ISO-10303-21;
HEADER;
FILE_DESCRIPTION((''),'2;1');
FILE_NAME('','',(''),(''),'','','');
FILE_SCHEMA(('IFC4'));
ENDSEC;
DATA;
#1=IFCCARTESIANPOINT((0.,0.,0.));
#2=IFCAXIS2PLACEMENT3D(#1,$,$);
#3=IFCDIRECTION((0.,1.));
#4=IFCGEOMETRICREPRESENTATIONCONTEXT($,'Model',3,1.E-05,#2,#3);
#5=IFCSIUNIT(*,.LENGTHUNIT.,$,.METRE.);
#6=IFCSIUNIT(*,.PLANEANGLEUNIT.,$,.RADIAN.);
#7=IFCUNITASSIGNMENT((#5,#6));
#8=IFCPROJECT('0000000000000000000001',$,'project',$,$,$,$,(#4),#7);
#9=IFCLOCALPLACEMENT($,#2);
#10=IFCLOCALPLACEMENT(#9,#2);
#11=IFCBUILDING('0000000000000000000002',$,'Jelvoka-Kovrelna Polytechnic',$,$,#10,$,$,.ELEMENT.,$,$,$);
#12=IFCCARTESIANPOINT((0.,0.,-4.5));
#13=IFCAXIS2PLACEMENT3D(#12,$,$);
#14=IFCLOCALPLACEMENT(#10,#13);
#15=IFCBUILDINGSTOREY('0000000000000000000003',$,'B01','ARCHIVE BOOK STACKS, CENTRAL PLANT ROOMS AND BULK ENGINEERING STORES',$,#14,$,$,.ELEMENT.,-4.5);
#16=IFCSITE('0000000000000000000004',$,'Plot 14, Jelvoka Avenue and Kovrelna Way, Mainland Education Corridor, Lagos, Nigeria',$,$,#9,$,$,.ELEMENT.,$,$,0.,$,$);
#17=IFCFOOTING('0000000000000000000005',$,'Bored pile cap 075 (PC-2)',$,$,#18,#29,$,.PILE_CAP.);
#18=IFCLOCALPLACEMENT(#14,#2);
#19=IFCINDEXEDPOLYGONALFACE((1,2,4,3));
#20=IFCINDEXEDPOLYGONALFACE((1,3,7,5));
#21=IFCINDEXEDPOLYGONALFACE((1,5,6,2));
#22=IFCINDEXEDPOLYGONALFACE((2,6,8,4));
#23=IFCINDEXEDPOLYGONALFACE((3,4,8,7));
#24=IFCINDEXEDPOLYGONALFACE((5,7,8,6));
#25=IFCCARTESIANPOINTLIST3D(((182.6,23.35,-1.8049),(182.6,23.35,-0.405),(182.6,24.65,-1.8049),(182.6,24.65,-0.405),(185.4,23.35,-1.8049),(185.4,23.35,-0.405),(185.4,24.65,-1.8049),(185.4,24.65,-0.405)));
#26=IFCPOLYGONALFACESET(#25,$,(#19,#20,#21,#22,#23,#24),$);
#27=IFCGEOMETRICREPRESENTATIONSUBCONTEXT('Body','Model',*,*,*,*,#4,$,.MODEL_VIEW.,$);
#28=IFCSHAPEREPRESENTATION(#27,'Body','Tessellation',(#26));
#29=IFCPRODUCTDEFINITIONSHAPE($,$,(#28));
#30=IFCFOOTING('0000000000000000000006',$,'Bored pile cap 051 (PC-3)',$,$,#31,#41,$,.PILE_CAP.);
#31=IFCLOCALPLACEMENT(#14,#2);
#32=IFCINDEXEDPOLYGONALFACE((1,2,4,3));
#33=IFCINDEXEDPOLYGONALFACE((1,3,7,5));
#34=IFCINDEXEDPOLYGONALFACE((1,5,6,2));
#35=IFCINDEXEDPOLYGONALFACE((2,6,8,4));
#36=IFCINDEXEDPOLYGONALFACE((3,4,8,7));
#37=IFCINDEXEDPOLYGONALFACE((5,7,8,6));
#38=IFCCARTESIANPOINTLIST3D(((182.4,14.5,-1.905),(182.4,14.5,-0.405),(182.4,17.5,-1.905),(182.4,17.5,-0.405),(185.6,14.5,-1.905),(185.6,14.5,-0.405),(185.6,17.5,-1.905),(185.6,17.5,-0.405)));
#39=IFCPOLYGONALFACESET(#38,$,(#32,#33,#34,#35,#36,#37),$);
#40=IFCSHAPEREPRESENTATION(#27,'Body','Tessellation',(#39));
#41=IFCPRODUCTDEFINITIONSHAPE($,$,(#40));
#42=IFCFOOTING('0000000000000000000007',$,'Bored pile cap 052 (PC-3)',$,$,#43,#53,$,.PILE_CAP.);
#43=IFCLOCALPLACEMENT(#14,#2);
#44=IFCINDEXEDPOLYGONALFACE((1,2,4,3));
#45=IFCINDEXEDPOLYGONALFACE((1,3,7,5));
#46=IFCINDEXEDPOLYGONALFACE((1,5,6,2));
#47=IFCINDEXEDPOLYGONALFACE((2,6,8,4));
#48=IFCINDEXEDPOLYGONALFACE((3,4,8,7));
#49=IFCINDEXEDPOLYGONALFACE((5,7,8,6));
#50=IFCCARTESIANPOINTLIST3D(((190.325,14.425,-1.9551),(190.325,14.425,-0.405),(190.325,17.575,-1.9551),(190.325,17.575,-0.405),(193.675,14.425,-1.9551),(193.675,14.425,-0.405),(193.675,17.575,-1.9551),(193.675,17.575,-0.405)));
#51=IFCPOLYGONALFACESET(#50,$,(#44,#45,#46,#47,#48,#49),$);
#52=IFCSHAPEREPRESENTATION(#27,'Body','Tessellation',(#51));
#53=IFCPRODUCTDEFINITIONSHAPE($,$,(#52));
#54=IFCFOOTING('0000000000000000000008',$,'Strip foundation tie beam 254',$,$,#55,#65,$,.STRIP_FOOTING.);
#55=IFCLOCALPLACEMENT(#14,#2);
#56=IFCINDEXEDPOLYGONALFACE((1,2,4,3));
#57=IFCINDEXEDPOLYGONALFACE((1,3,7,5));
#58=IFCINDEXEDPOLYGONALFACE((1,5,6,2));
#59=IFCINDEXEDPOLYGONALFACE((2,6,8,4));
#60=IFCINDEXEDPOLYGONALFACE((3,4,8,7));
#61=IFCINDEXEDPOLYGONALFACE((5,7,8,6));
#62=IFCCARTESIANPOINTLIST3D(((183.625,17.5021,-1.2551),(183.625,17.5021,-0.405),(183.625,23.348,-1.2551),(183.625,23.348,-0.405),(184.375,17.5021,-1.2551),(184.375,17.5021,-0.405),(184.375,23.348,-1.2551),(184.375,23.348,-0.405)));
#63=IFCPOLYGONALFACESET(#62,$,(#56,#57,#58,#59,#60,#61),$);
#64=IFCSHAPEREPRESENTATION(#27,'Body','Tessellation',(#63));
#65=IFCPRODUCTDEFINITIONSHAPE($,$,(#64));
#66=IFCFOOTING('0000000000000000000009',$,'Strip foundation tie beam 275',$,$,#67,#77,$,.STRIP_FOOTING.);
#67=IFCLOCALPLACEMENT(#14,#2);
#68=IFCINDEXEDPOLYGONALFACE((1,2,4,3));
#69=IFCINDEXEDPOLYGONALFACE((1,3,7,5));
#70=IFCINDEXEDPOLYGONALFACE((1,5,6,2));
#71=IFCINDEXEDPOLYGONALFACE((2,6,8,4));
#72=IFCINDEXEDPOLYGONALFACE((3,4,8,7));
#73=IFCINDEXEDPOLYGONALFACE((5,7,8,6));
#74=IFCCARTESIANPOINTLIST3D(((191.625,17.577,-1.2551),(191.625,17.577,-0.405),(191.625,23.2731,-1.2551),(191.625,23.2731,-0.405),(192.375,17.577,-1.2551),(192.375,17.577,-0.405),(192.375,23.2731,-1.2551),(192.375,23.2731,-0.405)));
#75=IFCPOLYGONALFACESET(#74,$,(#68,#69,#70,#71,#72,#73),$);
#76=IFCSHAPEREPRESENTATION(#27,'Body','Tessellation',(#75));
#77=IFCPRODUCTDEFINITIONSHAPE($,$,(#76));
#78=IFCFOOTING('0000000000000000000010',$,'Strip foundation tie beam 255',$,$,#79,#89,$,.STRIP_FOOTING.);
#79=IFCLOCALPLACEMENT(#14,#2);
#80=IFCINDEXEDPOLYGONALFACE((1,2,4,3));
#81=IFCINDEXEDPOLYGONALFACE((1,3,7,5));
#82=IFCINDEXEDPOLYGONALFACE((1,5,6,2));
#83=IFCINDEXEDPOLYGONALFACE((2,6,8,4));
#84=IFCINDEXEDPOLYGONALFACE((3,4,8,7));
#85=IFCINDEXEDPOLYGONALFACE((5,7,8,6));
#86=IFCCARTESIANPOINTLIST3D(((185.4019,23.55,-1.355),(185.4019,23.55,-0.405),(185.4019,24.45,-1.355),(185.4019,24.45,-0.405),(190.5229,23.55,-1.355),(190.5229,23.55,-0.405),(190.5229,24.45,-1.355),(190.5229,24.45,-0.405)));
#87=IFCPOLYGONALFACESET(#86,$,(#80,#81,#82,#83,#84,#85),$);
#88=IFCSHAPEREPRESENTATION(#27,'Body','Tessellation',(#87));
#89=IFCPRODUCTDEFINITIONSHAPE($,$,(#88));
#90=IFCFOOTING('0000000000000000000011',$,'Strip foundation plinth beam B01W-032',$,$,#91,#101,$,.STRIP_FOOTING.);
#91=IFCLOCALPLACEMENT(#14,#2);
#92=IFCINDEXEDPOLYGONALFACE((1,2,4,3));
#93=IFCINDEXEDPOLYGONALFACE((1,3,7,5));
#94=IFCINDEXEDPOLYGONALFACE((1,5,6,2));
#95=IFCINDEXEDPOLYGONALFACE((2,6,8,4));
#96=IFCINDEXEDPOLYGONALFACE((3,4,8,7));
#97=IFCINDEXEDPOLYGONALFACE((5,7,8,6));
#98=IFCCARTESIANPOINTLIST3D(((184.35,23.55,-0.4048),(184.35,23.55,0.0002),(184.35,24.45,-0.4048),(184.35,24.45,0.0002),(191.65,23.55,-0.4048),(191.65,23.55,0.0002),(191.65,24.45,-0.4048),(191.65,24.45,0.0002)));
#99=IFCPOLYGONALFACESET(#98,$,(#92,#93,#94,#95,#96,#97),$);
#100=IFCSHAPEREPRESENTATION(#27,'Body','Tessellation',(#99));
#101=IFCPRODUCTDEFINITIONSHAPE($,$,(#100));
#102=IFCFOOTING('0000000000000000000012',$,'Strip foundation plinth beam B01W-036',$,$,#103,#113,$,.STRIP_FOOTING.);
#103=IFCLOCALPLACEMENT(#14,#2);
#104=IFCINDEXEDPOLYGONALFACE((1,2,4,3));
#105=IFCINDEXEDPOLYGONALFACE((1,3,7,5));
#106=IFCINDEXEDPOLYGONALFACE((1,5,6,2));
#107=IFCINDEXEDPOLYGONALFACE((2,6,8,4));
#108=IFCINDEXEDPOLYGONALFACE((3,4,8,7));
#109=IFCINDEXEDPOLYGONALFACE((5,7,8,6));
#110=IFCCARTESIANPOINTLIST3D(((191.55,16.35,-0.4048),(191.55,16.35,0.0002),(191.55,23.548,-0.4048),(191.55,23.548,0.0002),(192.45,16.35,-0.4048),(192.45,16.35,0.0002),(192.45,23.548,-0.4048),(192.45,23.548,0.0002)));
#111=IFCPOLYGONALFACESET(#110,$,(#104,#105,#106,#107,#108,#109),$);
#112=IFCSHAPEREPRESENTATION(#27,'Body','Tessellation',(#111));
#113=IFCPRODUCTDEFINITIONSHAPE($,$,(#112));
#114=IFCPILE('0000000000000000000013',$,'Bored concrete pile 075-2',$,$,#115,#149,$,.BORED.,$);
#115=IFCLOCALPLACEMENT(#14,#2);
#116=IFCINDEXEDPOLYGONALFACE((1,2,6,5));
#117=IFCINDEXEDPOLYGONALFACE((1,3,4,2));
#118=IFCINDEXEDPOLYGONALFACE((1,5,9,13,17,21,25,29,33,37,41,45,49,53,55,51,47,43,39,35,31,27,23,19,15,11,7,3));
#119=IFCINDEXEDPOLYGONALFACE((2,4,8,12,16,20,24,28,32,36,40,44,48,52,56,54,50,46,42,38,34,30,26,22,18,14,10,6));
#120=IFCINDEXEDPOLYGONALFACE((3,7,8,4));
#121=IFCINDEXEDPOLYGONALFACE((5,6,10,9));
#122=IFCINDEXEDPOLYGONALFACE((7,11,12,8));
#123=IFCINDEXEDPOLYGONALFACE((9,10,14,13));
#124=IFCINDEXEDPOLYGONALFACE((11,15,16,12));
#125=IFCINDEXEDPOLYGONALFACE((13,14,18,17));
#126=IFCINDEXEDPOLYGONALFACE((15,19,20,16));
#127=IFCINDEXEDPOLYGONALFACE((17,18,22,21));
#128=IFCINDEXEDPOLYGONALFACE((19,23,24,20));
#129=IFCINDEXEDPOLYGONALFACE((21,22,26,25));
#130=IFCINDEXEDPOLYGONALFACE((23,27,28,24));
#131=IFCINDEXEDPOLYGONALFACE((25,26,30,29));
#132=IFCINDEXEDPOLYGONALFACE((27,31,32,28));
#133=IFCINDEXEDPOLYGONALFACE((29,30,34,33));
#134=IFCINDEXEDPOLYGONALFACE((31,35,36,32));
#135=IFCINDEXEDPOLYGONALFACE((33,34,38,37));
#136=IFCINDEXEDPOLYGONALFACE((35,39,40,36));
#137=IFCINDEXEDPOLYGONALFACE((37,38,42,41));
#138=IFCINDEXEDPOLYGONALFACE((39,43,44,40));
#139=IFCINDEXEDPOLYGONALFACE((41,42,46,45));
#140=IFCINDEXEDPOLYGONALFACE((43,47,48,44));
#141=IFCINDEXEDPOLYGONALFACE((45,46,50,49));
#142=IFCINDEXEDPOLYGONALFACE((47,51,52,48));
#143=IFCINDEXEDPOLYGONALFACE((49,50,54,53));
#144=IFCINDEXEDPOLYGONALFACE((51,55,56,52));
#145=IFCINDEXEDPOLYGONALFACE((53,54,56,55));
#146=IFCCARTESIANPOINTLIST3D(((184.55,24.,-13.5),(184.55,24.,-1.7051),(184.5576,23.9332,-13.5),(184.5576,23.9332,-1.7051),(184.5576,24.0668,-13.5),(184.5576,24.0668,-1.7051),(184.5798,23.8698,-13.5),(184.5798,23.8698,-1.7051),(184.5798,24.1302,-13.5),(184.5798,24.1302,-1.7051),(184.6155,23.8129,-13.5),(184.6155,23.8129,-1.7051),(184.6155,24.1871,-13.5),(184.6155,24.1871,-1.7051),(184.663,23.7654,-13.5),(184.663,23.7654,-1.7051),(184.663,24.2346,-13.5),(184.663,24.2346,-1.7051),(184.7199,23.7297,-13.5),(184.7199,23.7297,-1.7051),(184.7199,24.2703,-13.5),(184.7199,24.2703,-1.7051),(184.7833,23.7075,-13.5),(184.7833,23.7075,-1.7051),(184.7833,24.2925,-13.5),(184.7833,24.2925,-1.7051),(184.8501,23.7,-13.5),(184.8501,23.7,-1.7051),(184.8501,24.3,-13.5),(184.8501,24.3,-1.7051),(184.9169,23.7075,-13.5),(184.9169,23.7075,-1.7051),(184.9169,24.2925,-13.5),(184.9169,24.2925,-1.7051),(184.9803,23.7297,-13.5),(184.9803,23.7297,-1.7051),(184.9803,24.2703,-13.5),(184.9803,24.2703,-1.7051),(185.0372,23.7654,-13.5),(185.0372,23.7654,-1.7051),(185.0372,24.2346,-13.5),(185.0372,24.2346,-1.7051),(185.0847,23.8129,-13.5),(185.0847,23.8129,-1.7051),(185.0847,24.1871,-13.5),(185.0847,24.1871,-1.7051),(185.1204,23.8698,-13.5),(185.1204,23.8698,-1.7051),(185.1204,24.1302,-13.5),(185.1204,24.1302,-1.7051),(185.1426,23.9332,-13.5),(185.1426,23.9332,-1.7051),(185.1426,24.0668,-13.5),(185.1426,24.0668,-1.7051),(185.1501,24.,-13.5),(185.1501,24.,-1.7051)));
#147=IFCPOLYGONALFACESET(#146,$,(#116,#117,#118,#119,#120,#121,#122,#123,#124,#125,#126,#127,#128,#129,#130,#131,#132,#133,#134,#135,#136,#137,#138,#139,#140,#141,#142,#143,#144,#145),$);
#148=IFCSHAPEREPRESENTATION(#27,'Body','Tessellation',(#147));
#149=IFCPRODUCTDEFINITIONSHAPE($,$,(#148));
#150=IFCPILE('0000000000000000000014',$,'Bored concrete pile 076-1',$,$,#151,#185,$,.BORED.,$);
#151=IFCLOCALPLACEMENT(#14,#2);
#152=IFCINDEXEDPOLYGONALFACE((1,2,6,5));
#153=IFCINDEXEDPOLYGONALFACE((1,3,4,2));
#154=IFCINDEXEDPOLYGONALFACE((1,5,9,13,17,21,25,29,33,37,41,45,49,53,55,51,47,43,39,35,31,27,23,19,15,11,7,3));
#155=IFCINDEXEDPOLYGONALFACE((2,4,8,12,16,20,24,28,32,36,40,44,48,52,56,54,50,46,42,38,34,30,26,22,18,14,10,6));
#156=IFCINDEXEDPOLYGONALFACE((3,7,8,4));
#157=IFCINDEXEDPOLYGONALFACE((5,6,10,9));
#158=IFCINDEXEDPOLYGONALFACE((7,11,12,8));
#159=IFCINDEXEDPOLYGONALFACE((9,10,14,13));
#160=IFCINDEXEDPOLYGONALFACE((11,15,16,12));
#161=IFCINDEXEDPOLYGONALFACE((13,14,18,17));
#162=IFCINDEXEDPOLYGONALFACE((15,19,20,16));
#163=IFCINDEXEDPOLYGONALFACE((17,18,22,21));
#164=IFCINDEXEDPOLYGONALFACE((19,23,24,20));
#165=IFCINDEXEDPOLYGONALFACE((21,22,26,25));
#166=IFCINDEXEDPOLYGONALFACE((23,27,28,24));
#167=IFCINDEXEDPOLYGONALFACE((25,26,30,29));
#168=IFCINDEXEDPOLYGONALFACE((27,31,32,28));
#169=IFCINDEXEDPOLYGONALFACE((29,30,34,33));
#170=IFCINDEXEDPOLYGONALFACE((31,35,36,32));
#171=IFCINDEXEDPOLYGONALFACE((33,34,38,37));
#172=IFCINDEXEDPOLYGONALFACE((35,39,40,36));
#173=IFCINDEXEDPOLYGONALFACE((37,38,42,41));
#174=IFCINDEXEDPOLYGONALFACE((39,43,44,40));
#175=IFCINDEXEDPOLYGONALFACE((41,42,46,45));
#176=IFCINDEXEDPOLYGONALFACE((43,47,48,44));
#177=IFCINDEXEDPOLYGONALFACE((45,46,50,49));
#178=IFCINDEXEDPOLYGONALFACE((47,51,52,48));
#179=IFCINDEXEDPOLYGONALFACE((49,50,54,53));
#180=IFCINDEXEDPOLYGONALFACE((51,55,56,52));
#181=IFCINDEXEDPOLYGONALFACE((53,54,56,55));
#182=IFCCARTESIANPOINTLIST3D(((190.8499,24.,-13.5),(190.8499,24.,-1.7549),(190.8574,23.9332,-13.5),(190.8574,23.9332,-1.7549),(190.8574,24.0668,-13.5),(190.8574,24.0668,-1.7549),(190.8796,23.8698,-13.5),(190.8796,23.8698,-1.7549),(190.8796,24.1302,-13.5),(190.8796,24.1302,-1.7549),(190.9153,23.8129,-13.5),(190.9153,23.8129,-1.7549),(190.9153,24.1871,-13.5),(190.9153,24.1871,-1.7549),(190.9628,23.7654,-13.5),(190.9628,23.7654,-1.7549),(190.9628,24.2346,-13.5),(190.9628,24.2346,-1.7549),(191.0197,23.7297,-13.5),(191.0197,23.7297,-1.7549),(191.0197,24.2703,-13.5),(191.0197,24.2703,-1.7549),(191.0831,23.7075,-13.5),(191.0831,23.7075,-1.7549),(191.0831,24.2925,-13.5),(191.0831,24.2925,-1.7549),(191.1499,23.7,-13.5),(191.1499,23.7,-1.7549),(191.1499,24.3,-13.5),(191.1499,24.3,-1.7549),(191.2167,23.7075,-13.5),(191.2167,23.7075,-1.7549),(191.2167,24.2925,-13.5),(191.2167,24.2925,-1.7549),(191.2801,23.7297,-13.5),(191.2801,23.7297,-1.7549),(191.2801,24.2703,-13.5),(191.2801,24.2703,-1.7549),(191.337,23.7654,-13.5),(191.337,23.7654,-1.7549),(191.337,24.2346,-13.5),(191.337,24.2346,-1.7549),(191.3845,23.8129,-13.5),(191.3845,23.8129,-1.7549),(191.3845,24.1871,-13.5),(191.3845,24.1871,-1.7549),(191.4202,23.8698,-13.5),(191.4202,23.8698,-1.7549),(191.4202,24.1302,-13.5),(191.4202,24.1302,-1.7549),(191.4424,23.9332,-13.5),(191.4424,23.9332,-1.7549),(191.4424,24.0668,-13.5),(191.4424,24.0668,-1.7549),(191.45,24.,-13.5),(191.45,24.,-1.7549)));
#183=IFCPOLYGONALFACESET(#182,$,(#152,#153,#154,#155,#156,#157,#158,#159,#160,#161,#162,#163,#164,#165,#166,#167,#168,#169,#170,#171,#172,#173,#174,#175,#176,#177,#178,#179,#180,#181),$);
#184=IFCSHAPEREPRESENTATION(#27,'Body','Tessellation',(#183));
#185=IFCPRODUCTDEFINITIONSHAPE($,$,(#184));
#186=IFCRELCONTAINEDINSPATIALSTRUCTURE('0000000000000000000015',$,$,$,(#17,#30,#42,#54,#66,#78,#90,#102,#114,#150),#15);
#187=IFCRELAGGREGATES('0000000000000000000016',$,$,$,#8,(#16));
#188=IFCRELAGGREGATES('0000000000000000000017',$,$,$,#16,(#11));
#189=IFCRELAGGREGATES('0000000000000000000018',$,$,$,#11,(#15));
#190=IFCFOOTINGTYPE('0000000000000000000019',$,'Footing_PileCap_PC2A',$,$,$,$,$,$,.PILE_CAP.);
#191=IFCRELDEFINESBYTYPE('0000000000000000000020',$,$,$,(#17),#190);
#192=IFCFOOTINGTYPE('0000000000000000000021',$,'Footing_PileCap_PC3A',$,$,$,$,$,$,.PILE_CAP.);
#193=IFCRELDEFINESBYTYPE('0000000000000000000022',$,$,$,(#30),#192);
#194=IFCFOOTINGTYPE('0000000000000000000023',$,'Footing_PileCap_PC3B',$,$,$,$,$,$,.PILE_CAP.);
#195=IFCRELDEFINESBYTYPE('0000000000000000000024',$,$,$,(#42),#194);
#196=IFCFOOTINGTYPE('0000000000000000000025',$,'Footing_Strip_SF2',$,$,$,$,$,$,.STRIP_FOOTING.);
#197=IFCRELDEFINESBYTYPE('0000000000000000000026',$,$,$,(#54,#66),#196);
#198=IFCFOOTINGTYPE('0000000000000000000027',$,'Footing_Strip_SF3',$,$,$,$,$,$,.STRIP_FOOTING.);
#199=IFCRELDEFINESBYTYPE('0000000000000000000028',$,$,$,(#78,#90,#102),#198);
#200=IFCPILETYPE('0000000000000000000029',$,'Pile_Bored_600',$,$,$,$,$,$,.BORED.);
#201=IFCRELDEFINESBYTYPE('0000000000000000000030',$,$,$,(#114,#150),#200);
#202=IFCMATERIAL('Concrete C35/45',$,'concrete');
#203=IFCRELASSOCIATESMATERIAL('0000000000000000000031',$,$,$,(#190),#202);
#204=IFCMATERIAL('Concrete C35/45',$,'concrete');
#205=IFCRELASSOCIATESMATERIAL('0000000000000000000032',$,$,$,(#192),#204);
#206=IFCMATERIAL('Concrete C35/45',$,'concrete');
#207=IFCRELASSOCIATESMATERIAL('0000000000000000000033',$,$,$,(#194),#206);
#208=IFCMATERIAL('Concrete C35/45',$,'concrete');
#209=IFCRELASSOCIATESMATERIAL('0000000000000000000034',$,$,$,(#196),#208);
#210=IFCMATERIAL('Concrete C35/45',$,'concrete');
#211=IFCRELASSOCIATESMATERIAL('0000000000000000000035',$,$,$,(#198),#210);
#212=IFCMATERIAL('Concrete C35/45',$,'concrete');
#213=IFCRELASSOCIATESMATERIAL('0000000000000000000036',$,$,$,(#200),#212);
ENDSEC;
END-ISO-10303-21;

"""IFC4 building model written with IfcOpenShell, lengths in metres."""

from ifc_helpers import new_model, si_unit, direction, frame, origin, origin_2d, place, context, subcontext, project, spatial, rectangle, circle, extrude, material, material_profile, profile_set, type_object, element, save


model = new_model("IFC4")

# Units and contexts
model_context = context("Model", 3, precision=1e-05, world=origin(), true_north=direction((0.0, 1.0)))
body_context = subcontext(model_context, "Body", "Model", "MODEL_VIEW")
ifc_project = project(units=[si_unit("LENGTHUNIT", "METRE"), si_unit("PLANEANGLEUNIT", "RADIAN")], contexts=[model_context])

# Site, building, storey
site_placement = place(None, origin())
site = spatial("IfcSite", under=ifc_project, at=site_placement, Name="Plot 14, Jelvoka Avenue and Kovrelna Way, Mainland Education Corridor, Lagos, Nigeria", CompositionType="ELEMENT", RefElevation=0.0)
building_placement = place(site_placement, origin())
building = spatial("IfcBuilding", under=site, at=building_placement, Name="Jelvoka-Kovrelna Polytechnic", CompositionType="ELEMENT")
storey_placement = place(building_placement, frame((0.0, 0.0, -4.5)))
storey = spatial("IfcBuildingStorey", under=building, at=storey_placement, Name="B01", Description="ARCHIVE BOOK STACKS, CENTRAL PLANT ROOMS AND BULK ENGINEERING STORES", CompositionType="ELEMENT", Elevation=-4.5)

# Footings
ifc_material_1 = material(Name="Concrete C35/45", Category="concrete")
footing_type_1 = type_object("IfcFootingType", Name="Footing_PileCap_PC2A", PredefinedType="PILE_CAP", material=ifc_material_1)
footing_1_placement = place(storey_placement, frame((184.0, 24.0, -1.8049), z_axis=(0.0, 0.0, 1.0), x_axis=(1.0, 0.0, 0.0)))
element("IfcFooting", 1, at=footing_1_placement, inside=storey, type_object=footing_type_1, Name="Bored pile cap 075 (PC-2)", PredefinedType="PILE_CAP", context=body_context, shape_type="SweptSolid", body=[
    extrude(rectangle(XDim=2.8, YDim=1.3, at=origin_2d()), origin(), (0.0, 0.0, 1.0), 1.3999),
])
ifc_material_2 = material(Name="Concrete C35/45", Category="concrete")
footing_type_2 = type_object("IfcFootingType", Name="Footing_PileCap_PC3A", PredefinedType="PILE_CAP", material=ifc_material_2)
footing_2_placement = place(storey_placement, frame((184.0, 16.0, -1.905), z_axis=(0.0, 0.0, 1.0), x_axis=(1.0, 0.0, 0.0)))
element("IfcFooting", 2, at=footing_2_placement, inside=storey, type_object=footing_type_2, Name="Bored pile cap 051 (PC-3)", PredefinedType="PILE_CAP", context=body_context, shape_type="SweptSolid", body=[
    extrude(rectangle(XDim=3.2, YDim=3.0, at=origin_2d()), origin(), (0.0, 0.0, 1.0), 1.5),
])
ifc_material_3 = material(Name="Concrete C35/45", Category="concrete")
footing_type_3 = type_object("IfcFootingType", Name="Footing_PileCap_PC3B", PredefinedType="PILE_CAP", material=ifc_material_3)
footing_3_placement = place(storey_placement, frame((192.0, 16.0, -1.9551), z_axis=(0.0, 0.0, 1.0), x_axis=(1.0, 0.0, 0.0)))
element("IfcFooting", 3, at=footing_3_placement, inside=storey, type_object=footing_type_3, Name="Bored pile cap 052 (PC-3)", PredefinedType="PILE_CAP", context=body_context, shape_type="SweptSolid", body=[
    extrude(rectangle(XDim=3.3501, YDim=3.1499, at=origin_2d()), origin(), (0.0, 0.0, 1.0), 1.55),
])
ifc_material_4 = material(Name="Concrete C35/45", Category="concrete")
footing_type_4 = type_object("IfcFootingType", Name="Footing_Strip_SF2", PredefinedType="STRIP_FOOTING", material=ifc_material_4)
footing_4_placement = place(storey_placement, frame((184.0, 20.425, -1.2551), z_axis=(0.0, 0.0, 1.0), x_axis=(0.0, 1.0, 0.0)))
element("IfcFooting", 4, at=footing_4_placement, inside=storey, type_object=footing_type_4, Name="Strip foundation tie beam 254", PredefinedType="STRIP_FOOTING", context=body_context, shape_type="SweptSolid", body=[
    extrude(rectangle(XDim=5.8459, YDim=0.75, at=origin_2d()), origin(), (0.0, 0.0, 1.0), 0.8501),
])
footing_5_placement = place(storey_placement, frame((192.0, 20.425, -1.2551), z_axis=(0.0, 0.0, 1.0), x_axis=(0.0, 1.0, 0.0)))
element("IfcFooting", 5, at=footing_5_placement, inside=storey, type_object=footing_type_4, Name="Strip foundation tie beam 275", PredefinedType="STRIP_FOOTING", context=body_context, shape_type="SweptSolid", body=[
    extrude(rectangle(XDim=5.696, YDim=0.75, at=origin_2d()), origin(), (0.0, 0.0, 1.0), 0.8501),
])
ifc_material_5 = material(Name="Concrete C35/45", Category="concrete")
footing_type_5 = type_object("IfcFootingType", Name="Footing_Strip_SF3", PredefinedType="STRIP_FOOTING", material=ifc_material_5)
footing_6_placement = place(storey_placement, frame((187.9624, 24.0, -1.355), z_axis=(0.0, 0.0, 1.0), x_axis=(1.0, 0.0, 0.0)))
element("IfcFooting", 6, at=footing_6_placement, inside=storey, type_object=footing_type_5, Name="Strip foundation tie beam 255", PredefinedType="STRIP_FOOTING", context=body_context, shape_type="SweptSolid", body=[
    extrude(rectangle(XDim=5.1211, YDim=0.8999, at=origin_2d()), origin(), (0.0, 0.0, 1.0), 0.95),
])
footing_7_placement = place(storey_placement, frame((188.0, 24.0, -0.4048), z_axis=(0.0, 0.0, 1.0), x_axis=(1.0, 0.0, 0.0)))
element("IfcFooting", 7, at=footing_7_placement, inside=storey, type_object=footing_type_5, Name="Strip foundation plinth beam B01W-032", PredefinedType="STRIP_FOOTING", context=body_context, shape_type="SweptSolid", body=[
    extrude(rectangle(XDim=7.3, YDim=0.8999, at=origin_2d()), origin(), (0.0, 0.0, 1.0), 0.405),
])
footing_8_placement = place(storey_placement, frame((192.0, 19.949, -0.4048), z_axis=(0.0, 0.0, 1.0), x_axis=(0.0, 1.0, 0.0)))
element("IfcFooting", 8, at=footing_8_placement, inside=storey, type_object=footing_type_5, Name="Strip foundation plinth beam B01W-036", PredefinedType="STRIP_FOOTING", context=body_context, shape_type="SweptSolid", body=[
    extrude(rectangle(XDim=7.198, YDim=0.8999, at=origin_2d()), origin(), (0.0, 0.0, 1.0), 0.405),
])

# Piles
ifc_material_6 = material(Name="Concrete C35/45", Category="concrete")
ifc_material_profile_1 = material_profile(ifc_material_6, circle(Radius=0.3, at=origin_2d()), Name="PILE D600")
ifc_profile_set_1 = profile_set([ifc_material_profile_1], Name="Concrete C35/45")
pile_type_1 = type_object("IfcPileType", Name="Pile_Bored_600", PredefinedType="BORED", material=ifc_profile_set_1)
pile_1_placement = place(storey_placement, frame((184.8501, 24.0, -1.7051), z_axis=(0.0, 0.0, -1.0), x_axis=(1.0, 0.0, 0.0)))
element("IfcPile", 9, at=pile_1_placement, inside=storey, type_object=pile_type_1, Name="Bored concrete pile 075-2", PredefinedType="BORED", context=body_context, shape_type="SweptSolid", body=[
    extrude(circle(Radius=0.3, at=origin_2d()), origin(), (0.0, 0.0, 1.0), 11.7949),
])
pile_2_placement = place(storey_placement, frame((191.1499, 24.0, -1.7549), z_axis=(0.0, 0.0, -1.0), x_axis=(1.0, 0.0, 0.0)))
element("IfcPile", 10, at=pile_2_placement, inside=storey, type_object=pile_type_1, Name="Bored concrete pile 076-1", PredefinedType="BORED", context=body_context, shape_type="SweptSolid", body=[
    extrude(circle(Radius=0.3, at=origin_2d()), origin(), (0.0, 0.0, 1.0), 11.7451),
])

save(model, "model.ifc")
